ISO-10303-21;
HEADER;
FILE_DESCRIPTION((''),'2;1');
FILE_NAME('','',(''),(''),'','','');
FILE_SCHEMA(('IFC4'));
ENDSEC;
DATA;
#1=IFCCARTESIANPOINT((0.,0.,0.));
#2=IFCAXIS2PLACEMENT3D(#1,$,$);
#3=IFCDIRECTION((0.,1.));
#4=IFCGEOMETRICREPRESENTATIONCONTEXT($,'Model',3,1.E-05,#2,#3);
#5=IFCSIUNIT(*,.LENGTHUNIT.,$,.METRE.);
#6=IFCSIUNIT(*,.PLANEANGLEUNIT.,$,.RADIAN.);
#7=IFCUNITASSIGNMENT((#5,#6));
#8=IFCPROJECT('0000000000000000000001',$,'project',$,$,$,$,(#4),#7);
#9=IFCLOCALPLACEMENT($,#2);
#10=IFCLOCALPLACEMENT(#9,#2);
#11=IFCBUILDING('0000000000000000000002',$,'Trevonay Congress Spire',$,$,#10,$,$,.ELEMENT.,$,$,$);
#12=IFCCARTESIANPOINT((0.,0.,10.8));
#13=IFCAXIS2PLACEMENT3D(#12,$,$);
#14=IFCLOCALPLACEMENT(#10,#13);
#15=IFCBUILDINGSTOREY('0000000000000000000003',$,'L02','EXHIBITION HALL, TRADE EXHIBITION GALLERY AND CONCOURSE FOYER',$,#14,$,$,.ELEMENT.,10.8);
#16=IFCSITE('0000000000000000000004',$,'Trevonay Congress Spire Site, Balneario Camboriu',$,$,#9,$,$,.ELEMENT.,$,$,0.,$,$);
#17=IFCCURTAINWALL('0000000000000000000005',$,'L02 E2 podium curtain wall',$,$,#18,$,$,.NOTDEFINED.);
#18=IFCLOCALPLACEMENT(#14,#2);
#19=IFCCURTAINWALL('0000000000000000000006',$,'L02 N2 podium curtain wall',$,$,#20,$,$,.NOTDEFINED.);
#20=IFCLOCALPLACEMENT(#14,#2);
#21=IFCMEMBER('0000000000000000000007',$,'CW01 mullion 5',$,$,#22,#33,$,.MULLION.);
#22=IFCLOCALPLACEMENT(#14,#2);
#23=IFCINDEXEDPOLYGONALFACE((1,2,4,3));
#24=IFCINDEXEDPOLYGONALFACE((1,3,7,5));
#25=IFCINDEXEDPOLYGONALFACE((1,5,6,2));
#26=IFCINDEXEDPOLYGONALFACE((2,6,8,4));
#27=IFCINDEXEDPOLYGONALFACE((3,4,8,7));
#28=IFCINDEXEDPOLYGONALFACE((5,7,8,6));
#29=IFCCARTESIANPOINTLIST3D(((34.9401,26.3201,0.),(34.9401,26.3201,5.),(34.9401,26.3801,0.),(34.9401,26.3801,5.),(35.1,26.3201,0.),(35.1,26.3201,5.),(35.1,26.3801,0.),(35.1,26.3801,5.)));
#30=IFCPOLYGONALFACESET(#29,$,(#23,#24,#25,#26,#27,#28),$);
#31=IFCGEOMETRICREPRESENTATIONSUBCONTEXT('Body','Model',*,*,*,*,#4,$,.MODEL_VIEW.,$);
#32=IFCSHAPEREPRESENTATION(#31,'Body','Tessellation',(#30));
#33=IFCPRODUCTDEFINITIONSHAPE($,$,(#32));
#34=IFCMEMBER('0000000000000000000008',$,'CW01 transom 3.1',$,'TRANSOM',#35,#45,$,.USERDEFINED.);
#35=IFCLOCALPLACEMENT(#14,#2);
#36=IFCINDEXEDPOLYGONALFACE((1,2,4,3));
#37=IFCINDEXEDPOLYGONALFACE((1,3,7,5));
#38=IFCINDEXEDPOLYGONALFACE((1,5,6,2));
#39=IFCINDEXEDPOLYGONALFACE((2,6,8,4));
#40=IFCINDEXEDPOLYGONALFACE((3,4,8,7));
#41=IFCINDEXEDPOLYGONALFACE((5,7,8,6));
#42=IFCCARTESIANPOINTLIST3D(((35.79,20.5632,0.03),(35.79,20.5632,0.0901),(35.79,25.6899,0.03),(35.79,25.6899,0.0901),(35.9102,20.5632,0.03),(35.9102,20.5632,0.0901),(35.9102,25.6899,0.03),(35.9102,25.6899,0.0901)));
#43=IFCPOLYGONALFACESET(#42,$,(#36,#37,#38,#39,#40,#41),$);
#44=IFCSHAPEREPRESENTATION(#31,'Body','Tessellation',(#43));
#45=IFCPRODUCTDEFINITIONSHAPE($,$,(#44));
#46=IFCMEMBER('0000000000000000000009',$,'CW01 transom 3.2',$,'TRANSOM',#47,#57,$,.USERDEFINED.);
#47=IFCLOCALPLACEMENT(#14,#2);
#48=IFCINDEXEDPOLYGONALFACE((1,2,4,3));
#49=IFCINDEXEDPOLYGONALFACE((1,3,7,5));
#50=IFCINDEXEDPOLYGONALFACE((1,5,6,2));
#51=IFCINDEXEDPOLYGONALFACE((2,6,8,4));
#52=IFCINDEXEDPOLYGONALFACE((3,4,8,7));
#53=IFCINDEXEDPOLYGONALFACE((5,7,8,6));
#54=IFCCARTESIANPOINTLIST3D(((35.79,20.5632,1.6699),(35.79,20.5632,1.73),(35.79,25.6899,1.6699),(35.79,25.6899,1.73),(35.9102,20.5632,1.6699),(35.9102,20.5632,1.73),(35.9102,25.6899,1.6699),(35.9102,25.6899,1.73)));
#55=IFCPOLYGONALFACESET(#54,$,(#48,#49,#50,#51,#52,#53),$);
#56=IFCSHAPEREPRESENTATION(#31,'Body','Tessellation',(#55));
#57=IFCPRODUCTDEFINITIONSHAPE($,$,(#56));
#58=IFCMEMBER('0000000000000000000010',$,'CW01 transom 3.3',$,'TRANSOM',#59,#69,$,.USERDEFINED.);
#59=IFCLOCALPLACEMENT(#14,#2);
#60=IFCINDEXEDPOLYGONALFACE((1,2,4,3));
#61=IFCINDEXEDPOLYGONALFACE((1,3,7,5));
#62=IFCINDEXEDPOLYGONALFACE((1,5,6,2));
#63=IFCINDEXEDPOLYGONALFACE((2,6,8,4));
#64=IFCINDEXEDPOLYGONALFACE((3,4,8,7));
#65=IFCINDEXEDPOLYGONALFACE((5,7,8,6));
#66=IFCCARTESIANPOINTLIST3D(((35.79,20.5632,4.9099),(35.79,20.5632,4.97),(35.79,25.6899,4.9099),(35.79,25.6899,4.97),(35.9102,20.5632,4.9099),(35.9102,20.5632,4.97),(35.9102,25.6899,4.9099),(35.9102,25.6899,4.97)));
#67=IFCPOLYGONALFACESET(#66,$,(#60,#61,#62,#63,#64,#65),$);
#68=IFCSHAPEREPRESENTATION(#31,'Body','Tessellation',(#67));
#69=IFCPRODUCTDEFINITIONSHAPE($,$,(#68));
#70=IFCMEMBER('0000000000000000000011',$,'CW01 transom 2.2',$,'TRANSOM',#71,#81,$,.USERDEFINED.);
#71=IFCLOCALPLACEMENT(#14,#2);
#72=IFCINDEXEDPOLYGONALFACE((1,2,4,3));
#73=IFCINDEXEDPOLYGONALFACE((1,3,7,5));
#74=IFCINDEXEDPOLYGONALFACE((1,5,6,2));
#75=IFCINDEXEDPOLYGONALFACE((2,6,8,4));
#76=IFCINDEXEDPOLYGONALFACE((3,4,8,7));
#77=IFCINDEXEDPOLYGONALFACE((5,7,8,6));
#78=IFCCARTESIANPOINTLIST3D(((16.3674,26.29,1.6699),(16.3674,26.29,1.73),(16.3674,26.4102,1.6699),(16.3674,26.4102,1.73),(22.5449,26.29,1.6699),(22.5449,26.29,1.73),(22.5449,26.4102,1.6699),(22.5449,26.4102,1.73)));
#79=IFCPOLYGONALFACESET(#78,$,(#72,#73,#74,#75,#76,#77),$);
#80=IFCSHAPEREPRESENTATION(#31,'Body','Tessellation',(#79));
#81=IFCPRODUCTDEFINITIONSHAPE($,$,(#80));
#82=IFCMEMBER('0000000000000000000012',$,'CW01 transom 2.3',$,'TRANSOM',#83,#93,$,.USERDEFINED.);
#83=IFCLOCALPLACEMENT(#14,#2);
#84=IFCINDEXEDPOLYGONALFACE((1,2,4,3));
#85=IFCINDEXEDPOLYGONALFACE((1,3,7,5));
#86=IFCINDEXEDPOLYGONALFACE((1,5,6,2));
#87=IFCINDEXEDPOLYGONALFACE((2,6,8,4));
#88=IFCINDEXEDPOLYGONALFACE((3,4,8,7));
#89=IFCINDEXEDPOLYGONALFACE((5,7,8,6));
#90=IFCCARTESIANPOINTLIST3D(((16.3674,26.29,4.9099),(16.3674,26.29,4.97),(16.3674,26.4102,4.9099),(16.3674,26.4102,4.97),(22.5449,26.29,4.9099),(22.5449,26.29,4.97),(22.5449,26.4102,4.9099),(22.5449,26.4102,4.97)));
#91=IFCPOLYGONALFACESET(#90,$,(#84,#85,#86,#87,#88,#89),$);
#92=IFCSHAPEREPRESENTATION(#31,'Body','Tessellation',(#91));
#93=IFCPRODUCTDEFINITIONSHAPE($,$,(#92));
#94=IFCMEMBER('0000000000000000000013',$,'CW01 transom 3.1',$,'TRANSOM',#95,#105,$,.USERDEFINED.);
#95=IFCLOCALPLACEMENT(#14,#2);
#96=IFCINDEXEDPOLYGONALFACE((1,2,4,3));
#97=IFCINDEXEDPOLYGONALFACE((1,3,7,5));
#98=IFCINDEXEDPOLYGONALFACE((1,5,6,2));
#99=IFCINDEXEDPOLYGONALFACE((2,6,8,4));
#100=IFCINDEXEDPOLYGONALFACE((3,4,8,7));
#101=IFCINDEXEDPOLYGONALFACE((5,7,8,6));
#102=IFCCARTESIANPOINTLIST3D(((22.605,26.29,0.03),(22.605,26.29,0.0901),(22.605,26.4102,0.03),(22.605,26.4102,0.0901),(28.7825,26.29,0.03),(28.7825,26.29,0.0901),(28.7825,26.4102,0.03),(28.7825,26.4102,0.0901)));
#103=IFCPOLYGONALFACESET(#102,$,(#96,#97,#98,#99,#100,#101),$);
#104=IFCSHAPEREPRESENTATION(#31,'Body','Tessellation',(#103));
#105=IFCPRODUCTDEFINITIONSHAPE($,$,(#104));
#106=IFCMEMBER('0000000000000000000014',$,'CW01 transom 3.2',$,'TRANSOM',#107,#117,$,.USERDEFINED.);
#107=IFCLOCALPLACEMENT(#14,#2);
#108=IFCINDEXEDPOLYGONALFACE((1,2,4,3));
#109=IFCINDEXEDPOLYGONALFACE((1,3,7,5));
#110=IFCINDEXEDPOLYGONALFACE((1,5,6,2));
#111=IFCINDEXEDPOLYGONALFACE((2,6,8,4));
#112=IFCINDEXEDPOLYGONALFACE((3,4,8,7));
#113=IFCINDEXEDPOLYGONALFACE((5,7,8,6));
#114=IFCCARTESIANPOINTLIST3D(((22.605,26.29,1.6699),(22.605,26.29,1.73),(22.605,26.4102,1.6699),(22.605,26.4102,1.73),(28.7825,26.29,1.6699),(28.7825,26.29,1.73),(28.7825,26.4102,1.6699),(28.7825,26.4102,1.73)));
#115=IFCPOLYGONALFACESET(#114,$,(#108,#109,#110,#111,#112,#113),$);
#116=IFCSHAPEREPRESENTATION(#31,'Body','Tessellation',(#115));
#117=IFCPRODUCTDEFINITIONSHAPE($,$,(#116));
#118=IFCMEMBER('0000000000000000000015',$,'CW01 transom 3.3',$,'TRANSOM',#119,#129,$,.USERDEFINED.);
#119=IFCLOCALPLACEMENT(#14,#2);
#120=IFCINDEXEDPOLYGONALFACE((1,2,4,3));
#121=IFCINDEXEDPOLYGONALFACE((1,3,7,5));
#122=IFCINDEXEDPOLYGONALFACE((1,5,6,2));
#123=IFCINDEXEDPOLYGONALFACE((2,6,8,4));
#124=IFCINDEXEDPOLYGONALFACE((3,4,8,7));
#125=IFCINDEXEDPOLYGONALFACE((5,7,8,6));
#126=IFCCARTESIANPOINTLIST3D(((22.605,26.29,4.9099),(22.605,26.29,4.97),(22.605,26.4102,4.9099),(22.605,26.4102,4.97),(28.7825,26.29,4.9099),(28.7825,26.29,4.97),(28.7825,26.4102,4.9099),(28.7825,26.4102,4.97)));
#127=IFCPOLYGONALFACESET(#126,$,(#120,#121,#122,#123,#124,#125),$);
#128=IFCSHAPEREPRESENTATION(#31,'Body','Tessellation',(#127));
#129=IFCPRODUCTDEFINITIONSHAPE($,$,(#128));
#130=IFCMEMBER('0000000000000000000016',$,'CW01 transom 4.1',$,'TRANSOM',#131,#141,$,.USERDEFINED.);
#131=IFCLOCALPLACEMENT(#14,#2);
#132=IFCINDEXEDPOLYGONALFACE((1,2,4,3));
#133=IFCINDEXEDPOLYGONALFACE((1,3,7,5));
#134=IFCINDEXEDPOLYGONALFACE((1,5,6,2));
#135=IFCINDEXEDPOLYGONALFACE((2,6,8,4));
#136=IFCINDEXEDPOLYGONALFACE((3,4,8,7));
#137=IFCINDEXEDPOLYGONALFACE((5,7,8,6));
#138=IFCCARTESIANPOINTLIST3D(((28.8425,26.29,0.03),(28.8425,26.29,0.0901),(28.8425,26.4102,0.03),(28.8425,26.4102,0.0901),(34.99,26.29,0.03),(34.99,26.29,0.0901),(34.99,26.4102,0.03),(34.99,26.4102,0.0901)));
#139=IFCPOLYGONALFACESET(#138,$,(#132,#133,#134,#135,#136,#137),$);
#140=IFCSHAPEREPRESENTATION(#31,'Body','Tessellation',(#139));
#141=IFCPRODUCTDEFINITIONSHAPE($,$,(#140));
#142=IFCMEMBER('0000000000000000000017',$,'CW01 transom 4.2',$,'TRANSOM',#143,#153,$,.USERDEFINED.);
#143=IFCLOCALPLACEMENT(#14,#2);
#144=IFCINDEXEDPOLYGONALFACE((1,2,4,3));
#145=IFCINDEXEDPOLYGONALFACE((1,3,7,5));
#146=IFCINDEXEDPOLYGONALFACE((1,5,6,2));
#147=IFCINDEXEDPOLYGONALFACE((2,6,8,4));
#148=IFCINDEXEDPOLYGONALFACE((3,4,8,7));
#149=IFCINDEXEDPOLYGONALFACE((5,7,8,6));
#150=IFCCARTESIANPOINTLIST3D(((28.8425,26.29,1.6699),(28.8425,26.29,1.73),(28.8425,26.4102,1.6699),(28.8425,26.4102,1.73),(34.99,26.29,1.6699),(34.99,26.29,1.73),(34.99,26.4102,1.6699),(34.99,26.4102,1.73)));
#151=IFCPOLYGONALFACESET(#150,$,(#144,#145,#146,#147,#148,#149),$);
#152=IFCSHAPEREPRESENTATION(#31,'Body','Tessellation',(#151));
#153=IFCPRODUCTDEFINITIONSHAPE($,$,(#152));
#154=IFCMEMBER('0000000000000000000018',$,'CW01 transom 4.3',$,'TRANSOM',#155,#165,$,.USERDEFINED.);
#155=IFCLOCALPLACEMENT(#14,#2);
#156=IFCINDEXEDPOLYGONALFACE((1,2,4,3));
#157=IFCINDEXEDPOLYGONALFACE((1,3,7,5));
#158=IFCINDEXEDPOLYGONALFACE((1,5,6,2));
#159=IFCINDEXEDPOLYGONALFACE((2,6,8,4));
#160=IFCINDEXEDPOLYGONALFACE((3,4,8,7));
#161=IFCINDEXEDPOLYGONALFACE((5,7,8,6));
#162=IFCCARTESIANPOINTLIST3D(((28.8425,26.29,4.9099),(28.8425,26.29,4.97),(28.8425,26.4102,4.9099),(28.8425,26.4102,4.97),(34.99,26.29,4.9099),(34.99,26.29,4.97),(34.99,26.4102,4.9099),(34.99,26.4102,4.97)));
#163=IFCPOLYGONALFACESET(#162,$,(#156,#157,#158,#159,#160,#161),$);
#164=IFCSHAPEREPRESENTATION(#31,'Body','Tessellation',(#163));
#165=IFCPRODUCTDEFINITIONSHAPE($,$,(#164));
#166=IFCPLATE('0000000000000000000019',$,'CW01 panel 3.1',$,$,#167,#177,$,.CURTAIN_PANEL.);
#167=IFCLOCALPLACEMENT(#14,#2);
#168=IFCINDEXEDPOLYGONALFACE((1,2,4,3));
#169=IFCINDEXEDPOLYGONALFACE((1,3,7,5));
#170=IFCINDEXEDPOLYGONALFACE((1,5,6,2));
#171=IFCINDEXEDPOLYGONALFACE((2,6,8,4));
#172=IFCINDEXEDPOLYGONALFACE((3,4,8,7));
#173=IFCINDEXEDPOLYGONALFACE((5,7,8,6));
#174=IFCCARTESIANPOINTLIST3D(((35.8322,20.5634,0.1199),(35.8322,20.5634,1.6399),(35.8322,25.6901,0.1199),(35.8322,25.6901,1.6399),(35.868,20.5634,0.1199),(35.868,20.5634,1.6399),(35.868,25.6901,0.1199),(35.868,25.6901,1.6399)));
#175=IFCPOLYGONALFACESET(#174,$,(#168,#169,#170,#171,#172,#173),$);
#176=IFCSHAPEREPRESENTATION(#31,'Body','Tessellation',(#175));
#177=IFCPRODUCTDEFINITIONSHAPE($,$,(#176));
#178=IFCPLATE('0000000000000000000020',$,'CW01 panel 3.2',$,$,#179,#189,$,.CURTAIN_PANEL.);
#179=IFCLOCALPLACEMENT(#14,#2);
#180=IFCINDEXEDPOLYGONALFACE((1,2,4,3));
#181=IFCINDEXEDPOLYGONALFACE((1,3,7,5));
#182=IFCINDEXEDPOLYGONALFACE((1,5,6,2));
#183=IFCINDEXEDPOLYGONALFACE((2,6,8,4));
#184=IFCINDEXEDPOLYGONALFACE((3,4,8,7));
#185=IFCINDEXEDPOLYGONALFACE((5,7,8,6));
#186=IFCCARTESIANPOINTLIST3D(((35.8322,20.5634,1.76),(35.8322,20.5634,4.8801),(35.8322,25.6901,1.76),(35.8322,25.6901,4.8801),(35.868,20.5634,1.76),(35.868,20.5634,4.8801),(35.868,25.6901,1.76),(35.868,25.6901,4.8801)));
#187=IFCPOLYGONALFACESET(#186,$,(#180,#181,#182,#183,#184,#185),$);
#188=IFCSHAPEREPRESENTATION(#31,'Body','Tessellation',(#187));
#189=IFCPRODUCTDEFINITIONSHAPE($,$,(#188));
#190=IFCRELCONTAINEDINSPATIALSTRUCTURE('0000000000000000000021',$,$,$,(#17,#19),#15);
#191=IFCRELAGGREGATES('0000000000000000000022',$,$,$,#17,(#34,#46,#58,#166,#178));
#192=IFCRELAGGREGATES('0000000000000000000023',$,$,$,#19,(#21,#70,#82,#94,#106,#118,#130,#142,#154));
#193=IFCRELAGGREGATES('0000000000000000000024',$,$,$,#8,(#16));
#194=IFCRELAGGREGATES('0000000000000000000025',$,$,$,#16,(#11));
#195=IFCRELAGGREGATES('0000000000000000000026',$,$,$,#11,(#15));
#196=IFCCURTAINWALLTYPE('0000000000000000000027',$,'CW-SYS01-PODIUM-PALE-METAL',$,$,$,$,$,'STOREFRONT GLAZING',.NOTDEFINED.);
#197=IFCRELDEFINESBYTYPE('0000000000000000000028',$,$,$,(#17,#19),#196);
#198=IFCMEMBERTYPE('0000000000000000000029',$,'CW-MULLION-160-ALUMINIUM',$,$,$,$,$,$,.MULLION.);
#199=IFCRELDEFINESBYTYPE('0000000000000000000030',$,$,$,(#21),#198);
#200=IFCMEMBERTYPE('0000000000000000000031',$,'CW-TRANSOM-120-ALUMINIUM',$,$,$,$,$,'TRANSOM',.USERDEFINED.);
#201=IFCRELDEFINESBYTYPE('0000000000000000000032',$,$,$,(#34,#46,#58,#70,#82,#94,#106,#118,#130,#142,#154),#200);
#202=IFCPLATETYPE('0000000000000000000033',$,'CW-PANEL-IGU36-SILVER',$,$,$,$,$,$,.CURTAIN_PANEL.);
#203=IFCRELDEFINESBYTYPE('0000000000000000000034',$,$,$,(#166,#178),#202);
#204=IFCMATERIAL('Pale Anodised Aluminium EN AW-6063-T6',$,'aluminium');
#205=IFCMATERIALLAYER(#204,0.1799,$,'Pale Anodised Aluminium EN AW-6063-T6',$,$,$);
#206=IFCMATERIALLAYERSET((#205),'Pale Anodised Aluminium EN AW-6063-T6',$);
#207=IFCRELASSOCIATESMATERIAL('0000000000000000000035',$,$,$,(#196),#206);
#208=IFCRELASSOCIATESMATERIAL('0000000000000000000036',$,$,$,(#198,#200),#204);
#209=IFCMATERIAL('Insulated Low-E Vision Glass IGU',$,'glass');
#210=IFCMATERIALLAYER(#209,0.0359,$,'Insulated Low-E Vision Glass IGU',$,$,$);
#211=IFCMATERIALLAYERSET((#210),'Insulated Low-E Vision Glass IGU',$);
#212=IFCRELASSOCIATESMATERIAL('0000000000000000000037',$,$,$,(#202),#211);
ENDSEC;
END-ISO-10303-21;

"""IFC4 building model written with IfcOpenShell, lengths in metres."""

from ifc_helpers import new_model, si_unit, direction, frame, origin, origin_2d, place, context, subcontext, project, spatial, rectangle, extrude, material, layer, layer_set, material_profile, profile_set, type_object, element, aggregate, save


model = new_model("IFC4")

# Units and contexts
model_context = context("Model", 3, precision=1e-05, world=origin(), true_north=direction((0.0, 1.0)))
body_context = subcontext(model_context, "Body", "Model", "MODEL_VIEW")
ifc_project = project(units=[si_unit("LENGTHUNIT", "METRE"), si_unit("PLANEANGLEUNIT", "RADIAN")], contexts=[model_context])

# Site, building, storey
site_placement = place(None, origin())
site = spatial("IfcSite", under=ifc_project, at=site_placement, Name="Trevonay Congress Spire Site, Balneario Camboriu", CompositionType="ELEMENT", RefElevation=0.0)
building_placement = place(site_placement, origin())
building = spatial("IfcBuilding", under=site, at=building_placement, Name="Trevonay Congress Spire", CompositionType="ELEMENT")
storey_placement = place(building_placement, frame((0.0, 0.0, 10.8)))
storey = spatial("IfcBuildingStorey", under=building, at=storey_placement, Name="L02", Description="EXHIBITION HALL, TRADE EXHIBITION GALLERY AND CONCOURSE FOYER", CompositionType="ELEMENT", Elevation=10.8)

# Curtain walls, member
ifc_material_1 = material(Name="Pale Anodised Aluminium EN AW-6063-T6", Category="aluminium")
ifc_layer_1 = layer(ifc_material_1, 0.1799, Name="Pale Anodised Aluminium EN AW-6063-T6")
ifc_layer_set_1 = layer_set([ifc_layer_1], Name="Pale Anodised Aluminium EN AW-6063-T6")
curtain_wall_type = type_object("IfcCurtainWallType", Name="CW-SYS01-PODIUM-PALE-METAL", ElementType="STOREFRONT GLAZING", PredefinedType="NOTDEFINED", material=ifc_layer_set_1)
curtain_wall_1_placement = place(storey_placement, origin())
curtain_wall_1 = element("IfcCurtainWall", 1, at=curtain_wall_1_placement, inside=storey, type_object=curtain_wall_type, Name="L02 E2 podium curtain wall", PredefinedType="NOTDEFINED")
ifc_material_profile_1 = material_profile(ifc_material_1, rectangle(XDim=0.0601, YDim=0.1599, at=origin_2d()), Name="CW-MULLION-160-ALUMINIUM")
ifc_profile_set_1 = profile_set([ifc_material_profile_1], Name="Pale Anodised Aluminium EN AW-6063-T6")
member_type_1 = type_object("IfcMemberType", Name="CW-MULLION-160-ALUMINIUM", PredefinedType="MULLION", material=ifc_profile_set_1)
curtain_wall_2_placement = place(storey_placement, origin())
curtain_wall_2 = element("IfcCurtainWall", 2, at=curtain_wall_2_placement, inside=storey, type_object=curtain_wall_type, Name="L02 N2 podium curtain wall", PredefinedType="NOTDEFINED")
member_1_placement = place(storey_placement, frame((35.02, 26.3501, 0.0), z_axis=(0.0, 0.0, 1.0), x_axis=(0.0, 1.0, 0.0)))
member_1 = element("IfcMember", 3, at=member_1_placement, type_object=member_type_1, Name="CW01 mullion 5", PredefinedType="MULLION", context=body_context, shape_type="SweptSolid", body=[
    extrude(rectangle(XDim=0.0601, YDim=0.1599, at=origin_2d()), origin(), (0.0, 0.0, 1.0), 5.0),
])

# Members
ifc_material_profile_2 = material_profile(ifc_material_1, rectangle(XDim=0.1201, YDim=0.0601, at=origin_2d()), Name="CW-TRANSOM-120-ALUMINIUM")
ifc_profile_set_2 = profile_set([ifc_material_profile_2], Name="Pale Anodised Aluminium EN AW-6063-T6")
member_type_2 = type_object("IfcMemberType", Name="CW-TRANSOM-120-ALUMINIUM", ElementType="TRANSOM", PredefinedType="USERDEFINED", material=ifc_profile_set_2)
member_2_placement = place(storey_placement, frame((35.8501, 20.5632, 0.0601), z_axis=(0.0, 1.0, 0.0), x_axis=(-1.0, 0.0, 0.0)))
member_2 = element("IfcMember", 4, at=member_2_placement, type_object=member_type_2, Name="CW01 transom 3.1", ObjectType="TRANSOM", PredefinedType="USERDEFINED", context=body_context, shape_type="SweptSolid", body=[
    extrude(rectangle(XDim=0.1201, YDim=0.0601, at=origin_2d()), origin(), (0.0, 0.0, 1.0), 5.1267),
])
member_3_placement = place(storey_placement, frame((35.8501, 20.5632, 1.7), z_axis=(0.0, 1.0, 0.0), x_axis=(-1.0, 0.0, 0.0)))
member_3 = element("IfcMember", 5, at=member_3_placement, type_object=member_type_2, Name="CW01 transom 3.2", ObjectType="TRANSOM", PredefinedType="USERDEFINED", context=body_context, shape_type="SweptSolid", body=[
    extrude(rectangle(XDim=0.1201, YDim=0.0601, at=origin_2d()), origin(), (0.0, 0.0, 1.0), 5.1267),
])
member_4_placement = place(storey_placement, frame((35.8501, 20.5632, 4.9399), z_axis=(0.0, 1.0, 0.0), x_axis=(-1.0, 0.0, 0.0)))
member_4 = element("IfcMember", 6, at=member_4_placement, type_object=member_type_2, Name="CW01 transom 3.3", ObjectType="TRANSOM", PredefinedType="USERDEFINED", context=body_context, shape_type="SweptSolid", body=[
    extrude(rectangle(XDim=0.1201, YDim=0.0601, at=origin_2d()), origin(), (0.0, 0.0, 1.0), 5.1267),
])
member_5_placement = place(storey_placement, frame((16.3674, 26.3501, 1.7), z_axis=(1.0, 0.0, 0.0), x_axis=(0.0, 1.0, 0.0)))
member_5 = element("IfcMember", 7, at=member_5_placement, type_object=member_type_2, Name="CW01 transom 2.2", ObjectType="TRANSOM", PredefinedType="USERDEFINED", context=body_context, shape_type="SweptSolid", body=[
    extrude(rectangle(XDim=0.1201, YDim=0.0601, at=origin_2d()), origin(), (0.0, 0.0, 1.0), 6.1775),
])
member_6_placement = place(storey_placement, frame((16.3674, 26.3501, 4.9399), z_axis=(1.0, 0.0, 0.0), x_axis=(0.0, 1.0, 0.0)))
member_6 = element("IfcMember", 8, at=member_6_placement, type_object=member_type_2, Name="CW01 transom 2.3", ObjectType="TRANSOM", PredefinedType="USERDEFINED", context=body_context, shape_type="SweptSolid", body=[
    extrude(rectangle(XDim=0.1201, YDim=0.0601, at=origin_2d()), origin(), (0.0, 0.0, 1.0), 6.1775),
])
member_7_placement = place(storey_placement, frame((22.605, 26.3501, 0.0601), z_axis=(1.0, 0.0, 0.0), x_axis=(0.0, 1.0, 0.0)))
member_7 = element("IfcMember", 9, at=member_7_placement, type_object=member_type_2, Name="CW01 transom 3.1", ObjectType="TRANSOM", PredefinedType="USERDEFINED", context=body_context, shape_type="SweptSolid", body=[
    extrude(rectangle(XDim=0.1201, YDim=0.0601, at=origin_2d()), origin(), (0.0, 0.0, 1.0), 6.1775),
])
member_8_placement = place(storey_placement, frame((22.605, 26.3501, 1.7), z_axis=(1.0, 0.0, 0.0), x_axis=(0.0, 1.0, 0.0)))
member_8 = element("IfcMember", 10, at=member_8_placement, type_object=member_type_2, Name="CW01 transom 3.2", ObjectType="TRANSOM", PredefinedType="USERDEFINED", context=body_context, shape_type="SweptSolid", body=[
    extrude(rectangle(XDim=0.1201, YDim=0.0601, at=origin_2d()), origin(), (0.0, 0.0, 1.0), 6.1775),
])
member_9_placement = place(storey_placement, frame((22.605, 26.3501, 4.9399), z_axis=(1.0, 0.0, 0.0), x_axis=(0.0, 1.0, 0.0)))
member_9 = element("IfcMember", 11, at=member_9_placement, type_object=member_type_2, Name="CW01 transom 3.3", ObjectType="TRANSOM", PredefinedType="USERDEFINED", context=body_context, shape_type="SweptSolid", body=[
    extrude(rectangle(XDim=0.1201, YDim=0.0601, at=origin_2d()), origin(), (0.0, 0.0, 1.0), 6.1775),
])
member_10_placement = place(storey_placement, frame((28.8425, 26.3501, 0.0601), z_axis=(1.0, 0.0, 0.0), x_axis=(0.0, 1.0, 0.0)))
member_10 = element("IfcMember", 12, at=member_10_placement, type_object=member_type_2, Name="CW01 transom 4.1", ObjectType="TRANSOM", PredefinedType="USERDEFINED", context=body_context, shape_type="SweptSolid", body=[
    extrude(rectangle(XDim=0.1201, YDim=0.0601, at=origin_2d()), origin(), (0.0, 0.0, 1.0), 6.1475),
])
member_11_placement = place(storey_placement, frame((28.8425, 26.3501, 1.7), z_axis=(1.0, 0.0, 0.0), x_axis=(0.0, 1.0, 0.0)))
member_11 = element("IfcMember", 13, at=member_11_placement, type_object=member_type_2, Name="CW01 transom 4.2", ObjectType="TRANSOM", PredefinedType="USERDEFINED", context=body_context, shape_type="SweptSolid", body=[
    extrude(rectangle(XDim=0.1201, YDim=0.0601, at=origin_2d()), origin(), (0.0, 0.0, 1.0), 6.1475),
])
member_12_placement = place(storey_placement, frame((28.8425, 26.3501, 4.9399), z_axis=(1.0, 0.0, 0.0), x_axis=(0.0, 1.0, 0.0)))
member_12 = element("IfcMember", 14, at=member_12_placement, type_object=member_type_2, Name="CW01 transom 4.3", ObjectType="TRANSOM", PredefinedType="USERDEFINED", context=body_context, shape_type="SweptSolid", body=[
    extrude(rectangle(XDim=0.1201, YDim=0.0601, at=origin_2d()), origin(), (0.0, 0.0, 1.0), 6.1475),
])

# Plates
ifc_material_2 = material(Name="Insulated Low-E Vision Glass IGU", Category="glass")
ifc_layer_2 = layer(ifc_material_2, 0.0359, Name="Insulated Low-E Vision Glass IGU")
ifc_layer_set_2 = layer_set([ifc_layer_2], Name="Insulated Low-E Vision Glass IGU")
plate_type = type_object("IfcPlateType", Name="CW-PANEL-IGU36-SILVER", PredefinedType="CURTAIN_PANEL", material=ifc_layer_set_2)
plate_1_placement = place(storey_placement, frame((35.8501, 23.1267, 0.1199), z_axis=(0.0, 0.0, 1.0), x_axis=(0.0, 1.0, 0.0)))
plate_1 = element("IfcPlate", 15, at=plate_1_placement, type_object=plate_type, Name="CW01 panel 3.1", PredefinedType="CURTAIN_PANEL", context=body_context, shape_type="SweptSolid", body=[
    extrude(rectangle(XDim=5.1267, YDim=0.0359, at=origin_2d()), origin(), (0.0, 0.0, 1.0), 1.52),
])
plate_2_placement = place(storey_placement, frame((35.8501, 23.1267, 1.76), z_axis=(0.0, 0.0, 1.0), x_axis=(0.0, 1.0, 0.0)))
plate_2 = element("IfcPlate", 16, at=plate_2_placement, type_object=plate_type, Name="CW01 panel 3.2", PredefinedType="CURTAIN_PANEL", context=body_context, shape_type="SweptSolid", body=[
    extrude(rectangle(XDim=5.1267, YDim=0.0359, at=origin_2d()), origin(), (0.0, 0.0, 1.0), 3.1201),
])
aggregate(curtain_wall_1, [member_2, member_3, member_4, plate_1, plate_2])
aggregate(curtain_wall_2, [member_1, member_5, member_6, member_7, member_8, member_9, member_10, member_11, member_12])

save(model, "model.ifc")
